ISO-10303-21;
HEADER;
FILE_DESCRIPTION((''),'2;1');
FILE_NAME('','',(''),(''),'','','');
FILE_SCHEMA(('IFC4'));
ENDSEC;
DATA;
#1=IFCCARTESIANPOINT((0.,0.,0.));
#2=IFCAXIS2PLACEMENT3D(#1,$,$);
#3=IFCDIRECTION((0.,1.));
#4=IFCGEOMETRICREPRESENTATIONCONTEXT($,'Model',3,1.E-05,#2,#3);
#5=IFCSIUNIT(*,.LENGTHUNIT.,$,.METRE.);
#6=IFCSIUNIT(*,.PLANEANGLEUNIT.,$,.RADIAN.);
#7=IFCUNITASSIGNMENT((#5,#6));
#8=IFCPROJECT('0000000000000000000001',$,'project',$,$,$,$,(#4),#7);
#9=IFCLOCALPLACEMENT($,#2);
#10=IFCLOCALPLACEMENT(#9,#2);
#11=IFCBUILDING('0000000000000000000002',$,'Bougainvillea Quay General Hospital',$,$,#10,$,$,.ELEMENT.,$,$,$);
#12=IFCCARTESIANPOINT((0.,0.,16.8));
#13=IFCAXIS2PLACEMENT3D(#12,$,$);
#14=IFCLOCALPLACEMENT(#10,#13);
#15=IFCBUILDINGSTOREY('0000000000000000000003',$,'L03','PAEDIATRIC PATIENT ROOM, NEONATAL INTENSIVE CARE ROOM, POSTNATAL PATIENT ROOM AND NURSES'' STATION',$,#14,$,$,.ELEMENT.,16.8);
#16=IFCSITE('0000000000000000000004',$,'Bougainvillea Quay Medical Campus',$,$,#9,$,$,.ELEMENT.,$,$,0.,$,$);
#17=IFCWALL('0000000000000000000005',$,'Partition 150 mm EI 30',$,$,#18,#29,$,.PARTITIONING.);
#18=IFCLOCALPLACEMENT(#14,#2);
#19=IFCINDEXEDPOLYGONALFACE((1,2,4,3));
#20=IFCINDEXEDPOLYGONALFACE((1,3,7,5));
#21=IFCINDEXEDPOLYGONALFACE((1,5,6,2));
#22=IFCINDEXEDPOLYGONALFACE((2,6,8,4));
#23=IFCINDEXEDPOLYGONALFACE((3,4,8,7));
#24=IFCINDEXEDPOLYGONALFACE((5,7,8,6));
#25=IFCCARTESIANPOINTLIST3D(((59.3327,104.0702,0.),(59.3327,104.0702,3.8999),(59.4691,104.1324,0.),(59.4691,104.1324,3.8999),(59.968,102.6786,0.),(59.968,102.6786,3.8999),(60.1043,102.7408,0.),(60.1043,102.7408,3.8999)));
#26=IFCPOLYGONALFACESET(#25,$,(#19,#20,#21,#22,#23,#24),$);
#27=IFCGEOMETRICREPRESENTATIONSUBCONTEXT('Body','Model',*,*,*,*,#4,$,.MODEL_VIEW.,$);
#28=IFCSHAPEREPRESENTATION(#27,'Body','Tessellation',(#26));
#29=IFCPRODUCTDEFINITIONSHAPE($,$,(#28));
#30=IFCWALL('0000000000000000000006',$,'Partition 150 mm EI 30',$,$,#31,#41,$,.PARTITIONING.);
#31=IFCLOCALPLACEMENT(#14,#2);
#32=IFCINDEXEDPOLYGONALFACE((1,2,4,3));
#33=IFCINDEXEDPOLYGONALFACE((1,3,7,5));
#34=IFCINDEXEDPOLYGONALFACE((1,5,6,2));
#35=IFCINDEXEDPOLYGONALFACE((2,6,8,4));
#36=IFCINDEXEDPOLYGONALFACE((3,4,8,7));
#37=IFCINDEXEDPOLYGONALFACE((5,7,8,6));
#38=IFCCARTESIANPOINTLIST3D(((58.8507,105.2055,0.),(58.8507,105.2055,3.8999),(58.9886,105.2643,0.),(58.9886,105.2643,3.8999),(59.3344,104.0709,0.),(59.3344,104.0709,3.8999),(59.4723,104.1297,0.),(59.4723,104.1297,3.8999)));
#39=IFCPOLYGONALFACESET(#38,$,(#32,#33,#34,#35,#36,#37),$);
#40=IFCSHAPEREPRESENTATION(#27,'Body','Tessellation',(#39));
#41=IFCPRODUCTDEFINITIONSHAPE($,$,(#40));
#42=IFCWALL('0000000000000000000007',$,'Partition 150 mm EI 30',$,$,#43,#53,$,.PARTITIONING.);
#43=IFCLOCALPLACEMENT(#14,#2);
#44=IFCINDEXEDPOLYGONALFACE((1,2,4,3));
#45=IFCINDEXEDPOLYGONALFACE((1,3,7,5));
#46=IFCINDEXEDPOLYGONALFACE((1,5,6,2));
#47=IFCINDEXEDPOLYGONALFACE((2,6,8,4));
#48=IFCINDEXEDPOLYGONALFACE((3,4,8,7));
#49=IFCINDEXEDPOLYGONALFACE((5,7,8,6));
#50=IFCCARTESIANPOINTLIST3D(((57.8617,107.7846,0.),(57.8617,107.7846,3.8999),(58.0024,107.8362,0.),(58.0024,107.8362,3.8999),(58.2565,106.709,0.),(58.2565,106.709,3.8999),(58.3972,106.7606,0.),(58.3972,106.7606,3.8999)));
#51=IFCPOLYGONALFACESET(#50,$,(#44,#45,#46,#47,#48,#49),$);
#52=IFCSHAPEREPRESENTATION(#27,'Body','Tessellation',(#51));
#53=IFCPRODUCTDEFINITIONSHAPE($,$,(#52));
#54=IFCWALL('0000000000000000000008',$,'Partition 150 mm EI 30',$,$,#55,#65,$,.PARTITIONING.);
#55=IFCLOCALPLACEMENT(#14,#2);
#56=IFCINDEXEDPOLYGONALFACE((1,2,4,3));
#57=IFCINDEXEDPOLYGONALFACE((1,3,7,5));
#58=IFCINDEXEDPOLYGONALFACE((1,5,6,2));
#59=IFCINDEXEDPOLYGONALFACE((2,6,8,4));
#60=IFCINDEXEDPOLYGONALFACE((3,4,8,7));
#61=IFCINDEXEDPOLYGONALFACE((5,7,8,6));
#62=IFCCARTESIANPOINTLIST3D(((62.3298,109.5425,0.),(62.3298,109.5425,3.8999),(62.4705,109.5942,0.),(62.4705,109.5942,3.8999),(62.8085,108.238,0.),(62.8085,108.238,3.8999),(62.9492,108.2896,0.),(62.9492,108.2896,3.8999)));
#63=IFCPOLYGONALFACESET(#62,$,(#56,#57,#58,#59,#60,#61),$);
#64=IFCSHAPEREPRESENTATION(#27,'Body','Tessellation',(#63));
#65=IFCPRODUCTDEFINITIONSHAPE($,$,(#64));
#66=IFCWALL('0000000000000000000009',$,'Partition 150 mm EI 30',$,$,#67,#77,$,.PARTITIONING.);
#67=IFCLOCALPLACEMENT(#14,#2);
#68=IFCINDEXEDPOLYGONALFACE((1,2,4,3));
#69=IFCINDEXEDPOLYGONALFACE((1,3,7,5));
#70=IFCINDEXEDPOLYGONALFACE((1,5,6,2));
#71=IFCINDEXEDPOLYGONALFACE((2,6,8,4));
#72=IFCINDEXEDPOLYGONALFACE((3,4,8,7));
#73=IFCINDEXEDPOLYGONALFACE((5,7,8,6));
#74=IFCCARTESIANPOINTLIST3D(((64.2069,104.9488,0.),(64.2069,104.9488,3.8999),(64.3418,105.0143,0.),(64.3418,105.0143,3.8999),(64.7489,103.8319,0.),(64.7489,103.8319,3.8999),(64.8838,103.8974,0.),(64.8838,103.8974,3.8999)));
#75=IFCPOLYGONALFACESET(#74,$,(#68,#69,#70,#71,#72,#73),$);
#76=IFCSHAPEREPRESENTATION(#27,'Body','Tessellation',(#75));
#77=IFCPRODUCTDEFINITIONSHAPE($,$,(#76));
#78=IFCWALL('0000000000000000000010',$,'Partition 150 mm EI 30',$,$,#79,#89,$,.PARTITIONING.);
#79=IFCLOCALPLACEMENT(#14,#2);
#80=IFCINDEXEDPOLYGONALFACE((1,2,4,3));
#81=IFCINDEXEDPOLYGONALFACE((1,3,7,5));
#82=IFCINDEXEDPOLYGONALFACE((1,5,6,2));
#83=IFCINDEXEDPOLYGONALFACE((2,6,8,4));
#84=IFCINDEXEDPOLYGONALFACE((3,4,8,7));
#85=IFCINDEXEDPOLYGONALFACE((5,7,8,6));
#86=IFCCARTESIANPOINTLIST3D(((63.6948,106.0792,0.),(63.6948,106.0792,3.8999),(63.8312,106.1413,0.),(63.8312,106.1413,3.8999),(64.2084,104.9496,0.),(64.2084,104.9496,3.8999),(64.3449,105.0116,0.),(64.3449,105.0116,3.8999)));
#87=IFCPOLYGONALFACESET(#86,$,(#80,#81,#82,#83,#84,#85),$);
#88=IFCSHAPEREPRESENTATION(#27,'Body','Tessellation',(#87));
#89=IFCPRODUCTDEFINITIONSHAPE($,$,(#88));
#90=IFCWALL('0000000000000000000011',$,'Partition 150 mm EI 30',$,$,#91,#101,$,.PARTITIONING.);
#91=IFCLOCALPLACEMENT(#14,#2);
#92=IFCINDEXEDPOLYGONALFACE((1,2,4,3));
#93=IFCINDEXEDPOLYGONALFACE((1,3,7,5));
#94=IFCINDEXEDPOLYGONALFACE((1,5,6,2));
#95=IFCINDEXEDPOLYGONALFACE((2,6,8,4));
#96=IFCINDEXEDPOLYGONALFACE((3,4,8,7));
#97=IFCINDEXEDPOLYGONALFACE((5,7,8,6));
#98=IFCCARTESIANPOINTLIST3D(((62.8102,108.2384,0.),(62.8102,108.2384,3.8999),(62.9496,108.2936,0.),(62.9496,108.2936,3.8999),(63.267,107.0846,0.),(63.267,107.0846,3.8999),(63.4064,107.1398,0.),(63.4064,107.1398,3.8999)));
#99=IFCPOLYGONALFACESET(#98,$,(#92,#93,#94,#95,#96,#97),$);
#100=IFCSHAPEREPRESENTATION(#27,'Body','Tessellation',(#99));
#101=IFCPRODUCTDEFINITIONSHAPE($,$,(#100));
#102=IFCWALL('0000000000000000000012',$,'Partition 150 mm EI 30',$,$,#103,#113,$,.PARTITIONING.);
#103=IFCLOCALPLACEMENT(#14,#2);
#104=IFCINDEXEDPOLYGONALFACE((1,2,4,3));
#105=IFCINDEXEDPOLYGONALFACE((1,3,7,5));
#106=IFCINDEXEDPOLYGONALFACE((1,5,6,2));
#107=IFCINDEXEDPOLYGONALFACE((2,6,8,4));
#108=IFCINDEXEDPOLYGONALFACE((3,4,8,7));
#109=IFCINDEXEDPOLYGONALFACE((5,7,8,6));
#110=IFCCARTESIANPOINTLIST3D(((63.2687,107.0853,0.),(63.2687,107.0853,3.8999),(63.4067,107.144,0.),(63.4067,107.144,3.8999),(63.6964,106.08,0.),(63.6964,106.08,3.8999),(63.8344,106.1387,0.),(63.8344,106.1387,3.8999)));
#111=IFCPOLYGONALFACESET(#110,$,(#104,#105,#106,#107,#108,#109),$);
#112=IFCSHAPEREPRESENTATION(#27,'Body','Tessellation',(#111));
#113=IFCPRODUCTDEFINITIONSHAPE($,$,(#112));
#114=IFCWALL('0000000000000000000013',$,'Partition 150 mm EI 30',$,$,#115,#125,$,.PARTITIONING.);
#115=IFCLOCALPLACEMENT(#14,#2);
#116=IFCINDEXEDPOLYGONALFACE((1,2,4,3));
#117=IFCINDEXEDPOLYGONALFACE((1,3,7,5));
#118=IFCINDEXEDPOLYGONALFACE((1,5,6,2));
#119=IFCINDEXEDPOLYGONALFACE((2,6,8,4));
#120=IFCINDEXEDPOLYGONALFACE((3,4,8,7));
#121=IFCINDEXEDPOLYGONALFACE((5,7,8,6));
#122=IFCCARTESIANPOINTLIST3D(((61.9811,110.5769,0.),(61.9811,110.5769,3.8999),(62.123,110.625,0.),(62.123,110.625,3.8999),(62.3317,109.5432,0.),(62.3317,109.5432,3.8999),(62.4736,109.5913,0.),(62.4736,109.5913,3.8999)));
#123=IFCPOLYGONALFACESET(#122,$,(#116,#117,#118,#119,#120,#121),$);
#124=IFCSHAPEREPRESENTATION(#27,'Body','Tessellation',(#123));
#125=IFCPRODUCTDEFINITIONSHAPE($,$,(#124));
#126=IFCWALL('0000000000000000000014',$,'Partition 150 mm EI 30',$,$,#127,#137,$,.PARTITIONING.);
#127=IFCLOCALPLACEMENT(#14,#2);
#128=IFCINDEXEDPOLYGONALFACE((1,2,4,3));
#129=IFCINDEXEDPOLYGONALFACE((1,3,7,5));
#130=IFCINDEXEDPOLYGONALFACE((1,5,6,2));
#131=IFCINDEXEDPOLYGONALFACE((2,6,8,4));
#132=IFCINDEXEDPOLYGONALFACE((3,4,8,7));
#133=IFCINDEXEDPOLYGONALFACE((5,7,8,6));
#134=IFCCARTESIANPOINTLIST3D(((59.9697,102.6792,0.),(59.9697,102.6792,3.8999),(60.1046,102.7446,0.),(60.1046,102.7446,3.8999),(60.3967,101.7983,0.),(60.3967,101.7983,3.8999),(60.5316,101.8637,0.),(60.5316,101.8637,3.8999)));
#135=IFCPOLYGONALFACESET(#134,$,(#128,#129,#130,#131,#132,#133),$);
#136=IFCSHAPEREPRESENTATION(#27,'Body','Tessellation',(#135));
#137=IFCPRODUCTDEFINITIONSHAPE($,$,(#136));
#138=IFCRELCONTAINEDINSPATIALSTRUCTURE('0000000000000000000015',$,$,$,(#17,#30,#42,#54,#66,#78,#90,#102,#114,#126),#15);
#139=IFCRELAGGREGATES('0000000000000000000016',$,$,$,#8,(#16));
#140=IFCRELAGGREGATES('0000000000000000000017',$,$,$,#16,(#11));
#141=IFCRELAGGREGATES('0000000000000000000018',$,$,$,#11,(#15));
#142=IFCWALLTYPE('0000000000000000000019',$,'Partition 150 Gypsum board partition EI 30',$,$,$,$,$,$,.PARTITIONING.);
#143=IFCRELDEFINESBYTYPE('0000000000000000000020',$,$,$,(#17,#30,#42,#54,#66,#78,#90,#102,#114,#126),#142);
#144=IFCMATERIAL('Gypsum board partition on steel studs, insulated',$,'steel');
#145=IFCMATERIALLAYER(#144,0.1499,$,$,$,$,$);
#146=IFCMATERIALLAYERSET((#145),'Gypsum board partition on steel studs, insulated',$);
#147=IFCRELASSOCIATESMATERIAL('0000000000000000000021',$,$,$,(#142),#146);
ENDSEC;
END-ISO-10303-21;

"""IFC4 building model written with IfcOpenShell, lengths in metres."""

from ifc_helpers import new_model, si_unit, direction, frame, frame_2d, origin, place, context, subcontext, project, spatial, rectangle, extrude, material, layer, layer_set, type_object, element, save


model = new_model("IFC4")

# Units and contexts
model_context = context("Model", 3, precision=1e-05, world=origin(), true_north=direction((0.0, 1.0)))
body_context = subcontext(model_context, "Body", "Model", "MODEL_VIEW")
ifc_project = project(units=[si_unit("LENGTHUNIT", "METRE"), si_unit("PLANEANGLEUNIT", "RADIAN")], contexts=[model_context])

# Site, building, storey
site_placement = place(None, origin())
site = spatial("IfcSite", under=ifc_project, at=site_placement, Name="Bougainvillea Quay Medical Campus", CompositionType="ELEMENT", RefElevation=0.0)
building_placement = place(site_placement, origin())
building = spatial("IfcBuilding", under=site, at=building_placement, Name="Bougainvillea Quay General Hospital", CompositionType="ELEMENT")
storey_placement = place(building_placement, frame((0.0, 0.0, 16.8)))
storey = spatial("IfcBuildingStorey", under=building, at=storey_placement, Name="L03", Description="PAEDIATRIC PATIENT ROOM, NEONATAL INTENSIVE CARE ROOM, POSTNATAL PATIENT ROOM AND NURSES' STATION", CompositionType="ELEMENT", Elevation=16.8)

# Shared definitions
ifc_material_1 = material(Name="Gypsum board partition on steel studs, insulated", Category="steel")
ifc_layer_1 = layer(ifc_material_1, 0.1499)
ifc_layer_set_1 = layer_set([ifc_layer_1], Name="Gypsum board partition on steel studs, insulated")
wall_type_1 = type_object("IfcWallType", Name="Partition 150 Gypsum board partition EI 30", PredefinedType="PARTITIONING", material=ifc_layer_set_1)

# Walls
wall_1_placement = place(storey_placement, frame((59.4009, 104.1013, 0.0), z_axis=(0.0, 0.0, 1.0), x_axis=(0.415269, -0.909698, 0.0)))
element("IfcWall", 1, at=wall_1_placement, inside=storey, type_object=wall_type_1, Name="Partition 150 mm EI 30", PredefinedType="PARTITIONING", context=body_context, shape_type="SweptSolid", body=[
    extrude(rectangle(XDim=1.5298, YDim=0.1499, at=frame_2d((0.7649, 0.0))), origin(), (0.0, 0.0, 1.0), 3.8999),
])
wall_2_placement = place(storey_placement, frame((58.9197, 105.2349, 0.0), z_axis=(0.0, 0.0, 1.0), x_axis=(0.392151, -0.919901, 0.0)))
element("IfcWall", 2, at=wall_2_placement, inside=storey, type_object=wall_type_1, Name="Partition 150 mm EI 30", PredefinedType="PARTITIONING", context=body_context, shape_type="SweptSolid", body=[
    extrude(rectangle(XDim=1.2334, YDim=0.1499, at=frame_2d((0.6167, 0.0))), origin(), (0.0, 0.0, 1.0), 3.8999),
])
wall_3_placement = place(storey_placement, frame((57.9321, 107.8103, 0.0), z_axis=(0.0, 0.0, 1.0), x_axis=(0.34453, -0.938775, 0.0)))
element("IfcWall", 3, at=wall_3_placement, inside=storey, type_object=wall_type_1, Name="Partition 150 mm EI 30", PredefinedType="PARTITIONING", context=body_context, shape_type="SweptSolid", body=[
    extrude(rectangle(XDim=1.1458, YDim=0.1499, at=frame_2d((0.5728, 0.0))), origin(), (0.0, 0.0, 1.0), 3.8999),
])
wall_4_placement = place(storey_placement, frame((62.4001, 109.5684, 0.0), z_axis=(0.0, 0.0, 1.0), x_axis=(0.344492, -0.938789, 0.0)))
element("IfcWall", 4, at=wall_4_placement, inside=storey, type_object=wall_type_1, Name="Partition 150 mm EI 30", PredefinedType="PARTITIONING", context=body_context, shape_type="SweptSolid", body=[
    extrude(rectangle(XDim=1.3896, YDim=0.1499, at=frame_2d((0.6948, 0.0))), origin(), (0.0, 0.0, 1.0), 3.8999),
])
wall_5_placement = place(storey_placement, frame((64.2744, 104.9814, 0.0), z_axis=(0.0, 0.0, 1.0), x_axis=(0.436563, -0.899674, 0.0)))
element("IfcWall", 5, at=wall_5_placement, inside=storey, type_object=wall_type_1, Name="Partition 150 mm EI 30", PredefinedType="PARTITIONING", context=body_context, shape_type="SweptSolid", body=[
    extrude(rectangle(XDim=1.2415, YDim=0.1499, at=frame_2d((0.6206, 0.0))), origin(), (0.0, 0.0, 1.0), 3.8999),
])
for number, where, z_axis, x_axis, name in (
    (6, (63.7629, 106.1104, 0.0), (0.0, 0.0, 1.0), (0.413936, -0.910306, 0.0), "Partition 150 mm EI 30"),
    (7, (62.8799, 108.2661, 0.0), (0.0, 0.0, 1.0), (0.368098, -0.929787, 0.0), "Partition 150 mm EI 30"),
):
    element("IfcWall", number, at=place(storey_placement, frame(where, z_axis=z_axis, x_axis=x_axis)), inside=storey, type_object=wall_type_1, Name=name, PredefinedType="PARTITIONING", context=body_context, shape_type="SweptSolid", body=[
        extrude(rectangle(XDim=1.241, YDim=0.1499, at=frame_2d((0.6206, 0.0))), origin(), (0.0, 0.0, 1.0), 3.8999),
    ])
wall_6_placement = place(storey_placement, frame((63.3376, 107.1147, 0.0), z_axis=(0.0, 0.0, 1.0), x_axis=(0.391491, -0.920182, 0.0)))
element("IfcWall", 8, at=wall_6_placement, inside=storey, type_object=wall_type_1, Name="Partition 150 mm EI 30", PredefinedType="PARTITIONING", context=body_context, shape_type="SweptSolid", body=[
    extrude(rectangle(XDim=1.0925, YDim=0.1499, at=frame_2d((0.5464, 0.0))), origin(), (0.0, 0.0, 1.0), 3.8999),
])
wall_7_placement = place(storey_placement, frame((62.052, 110.6011, 0.0), z_axis=(0.0, 0.0, 1.0), x_axis=(0.321189, -0.947015, 0.0)))
element("IfcWall", 9, at=wall_7_placement, inside=storey, type_object=wall_type_1, Name="Partition 150 mm EI 30", PredefinedType="PARTITIONING", context=body_context, shape_type="SweptSolid", body=[
    extrude(rectangle(XDim=1.0916, YDim=0.1499, at=frame_2d((0.5459, 0.0))), origin(), (0.0, 0.0, 1.0), 3.8999),
])
wall_8_placement = place(storey_placement, frame((60.0371, 102.7119, 0.0), z_axis=(0.0, 0.0, 1.0), x_axis=(0.436206, -0.899847, 0.0)))
element("IfcWall", 10, at=wall_8_placement, inside=storey, type_object=wall_type_1, Name="Partition 150 mm EI 30", PredefinedType="PARTITIONING", context=body_context, shape_type="SweptSolid", body=[
    extrude(rectangle(XDim=0.979, YDim=0.1499, at=frame_2d((0.4895, 0.0))), origin(), (0.0, 0.0, 1.0), 3.8999),
])

save(model, "model.ifc")
